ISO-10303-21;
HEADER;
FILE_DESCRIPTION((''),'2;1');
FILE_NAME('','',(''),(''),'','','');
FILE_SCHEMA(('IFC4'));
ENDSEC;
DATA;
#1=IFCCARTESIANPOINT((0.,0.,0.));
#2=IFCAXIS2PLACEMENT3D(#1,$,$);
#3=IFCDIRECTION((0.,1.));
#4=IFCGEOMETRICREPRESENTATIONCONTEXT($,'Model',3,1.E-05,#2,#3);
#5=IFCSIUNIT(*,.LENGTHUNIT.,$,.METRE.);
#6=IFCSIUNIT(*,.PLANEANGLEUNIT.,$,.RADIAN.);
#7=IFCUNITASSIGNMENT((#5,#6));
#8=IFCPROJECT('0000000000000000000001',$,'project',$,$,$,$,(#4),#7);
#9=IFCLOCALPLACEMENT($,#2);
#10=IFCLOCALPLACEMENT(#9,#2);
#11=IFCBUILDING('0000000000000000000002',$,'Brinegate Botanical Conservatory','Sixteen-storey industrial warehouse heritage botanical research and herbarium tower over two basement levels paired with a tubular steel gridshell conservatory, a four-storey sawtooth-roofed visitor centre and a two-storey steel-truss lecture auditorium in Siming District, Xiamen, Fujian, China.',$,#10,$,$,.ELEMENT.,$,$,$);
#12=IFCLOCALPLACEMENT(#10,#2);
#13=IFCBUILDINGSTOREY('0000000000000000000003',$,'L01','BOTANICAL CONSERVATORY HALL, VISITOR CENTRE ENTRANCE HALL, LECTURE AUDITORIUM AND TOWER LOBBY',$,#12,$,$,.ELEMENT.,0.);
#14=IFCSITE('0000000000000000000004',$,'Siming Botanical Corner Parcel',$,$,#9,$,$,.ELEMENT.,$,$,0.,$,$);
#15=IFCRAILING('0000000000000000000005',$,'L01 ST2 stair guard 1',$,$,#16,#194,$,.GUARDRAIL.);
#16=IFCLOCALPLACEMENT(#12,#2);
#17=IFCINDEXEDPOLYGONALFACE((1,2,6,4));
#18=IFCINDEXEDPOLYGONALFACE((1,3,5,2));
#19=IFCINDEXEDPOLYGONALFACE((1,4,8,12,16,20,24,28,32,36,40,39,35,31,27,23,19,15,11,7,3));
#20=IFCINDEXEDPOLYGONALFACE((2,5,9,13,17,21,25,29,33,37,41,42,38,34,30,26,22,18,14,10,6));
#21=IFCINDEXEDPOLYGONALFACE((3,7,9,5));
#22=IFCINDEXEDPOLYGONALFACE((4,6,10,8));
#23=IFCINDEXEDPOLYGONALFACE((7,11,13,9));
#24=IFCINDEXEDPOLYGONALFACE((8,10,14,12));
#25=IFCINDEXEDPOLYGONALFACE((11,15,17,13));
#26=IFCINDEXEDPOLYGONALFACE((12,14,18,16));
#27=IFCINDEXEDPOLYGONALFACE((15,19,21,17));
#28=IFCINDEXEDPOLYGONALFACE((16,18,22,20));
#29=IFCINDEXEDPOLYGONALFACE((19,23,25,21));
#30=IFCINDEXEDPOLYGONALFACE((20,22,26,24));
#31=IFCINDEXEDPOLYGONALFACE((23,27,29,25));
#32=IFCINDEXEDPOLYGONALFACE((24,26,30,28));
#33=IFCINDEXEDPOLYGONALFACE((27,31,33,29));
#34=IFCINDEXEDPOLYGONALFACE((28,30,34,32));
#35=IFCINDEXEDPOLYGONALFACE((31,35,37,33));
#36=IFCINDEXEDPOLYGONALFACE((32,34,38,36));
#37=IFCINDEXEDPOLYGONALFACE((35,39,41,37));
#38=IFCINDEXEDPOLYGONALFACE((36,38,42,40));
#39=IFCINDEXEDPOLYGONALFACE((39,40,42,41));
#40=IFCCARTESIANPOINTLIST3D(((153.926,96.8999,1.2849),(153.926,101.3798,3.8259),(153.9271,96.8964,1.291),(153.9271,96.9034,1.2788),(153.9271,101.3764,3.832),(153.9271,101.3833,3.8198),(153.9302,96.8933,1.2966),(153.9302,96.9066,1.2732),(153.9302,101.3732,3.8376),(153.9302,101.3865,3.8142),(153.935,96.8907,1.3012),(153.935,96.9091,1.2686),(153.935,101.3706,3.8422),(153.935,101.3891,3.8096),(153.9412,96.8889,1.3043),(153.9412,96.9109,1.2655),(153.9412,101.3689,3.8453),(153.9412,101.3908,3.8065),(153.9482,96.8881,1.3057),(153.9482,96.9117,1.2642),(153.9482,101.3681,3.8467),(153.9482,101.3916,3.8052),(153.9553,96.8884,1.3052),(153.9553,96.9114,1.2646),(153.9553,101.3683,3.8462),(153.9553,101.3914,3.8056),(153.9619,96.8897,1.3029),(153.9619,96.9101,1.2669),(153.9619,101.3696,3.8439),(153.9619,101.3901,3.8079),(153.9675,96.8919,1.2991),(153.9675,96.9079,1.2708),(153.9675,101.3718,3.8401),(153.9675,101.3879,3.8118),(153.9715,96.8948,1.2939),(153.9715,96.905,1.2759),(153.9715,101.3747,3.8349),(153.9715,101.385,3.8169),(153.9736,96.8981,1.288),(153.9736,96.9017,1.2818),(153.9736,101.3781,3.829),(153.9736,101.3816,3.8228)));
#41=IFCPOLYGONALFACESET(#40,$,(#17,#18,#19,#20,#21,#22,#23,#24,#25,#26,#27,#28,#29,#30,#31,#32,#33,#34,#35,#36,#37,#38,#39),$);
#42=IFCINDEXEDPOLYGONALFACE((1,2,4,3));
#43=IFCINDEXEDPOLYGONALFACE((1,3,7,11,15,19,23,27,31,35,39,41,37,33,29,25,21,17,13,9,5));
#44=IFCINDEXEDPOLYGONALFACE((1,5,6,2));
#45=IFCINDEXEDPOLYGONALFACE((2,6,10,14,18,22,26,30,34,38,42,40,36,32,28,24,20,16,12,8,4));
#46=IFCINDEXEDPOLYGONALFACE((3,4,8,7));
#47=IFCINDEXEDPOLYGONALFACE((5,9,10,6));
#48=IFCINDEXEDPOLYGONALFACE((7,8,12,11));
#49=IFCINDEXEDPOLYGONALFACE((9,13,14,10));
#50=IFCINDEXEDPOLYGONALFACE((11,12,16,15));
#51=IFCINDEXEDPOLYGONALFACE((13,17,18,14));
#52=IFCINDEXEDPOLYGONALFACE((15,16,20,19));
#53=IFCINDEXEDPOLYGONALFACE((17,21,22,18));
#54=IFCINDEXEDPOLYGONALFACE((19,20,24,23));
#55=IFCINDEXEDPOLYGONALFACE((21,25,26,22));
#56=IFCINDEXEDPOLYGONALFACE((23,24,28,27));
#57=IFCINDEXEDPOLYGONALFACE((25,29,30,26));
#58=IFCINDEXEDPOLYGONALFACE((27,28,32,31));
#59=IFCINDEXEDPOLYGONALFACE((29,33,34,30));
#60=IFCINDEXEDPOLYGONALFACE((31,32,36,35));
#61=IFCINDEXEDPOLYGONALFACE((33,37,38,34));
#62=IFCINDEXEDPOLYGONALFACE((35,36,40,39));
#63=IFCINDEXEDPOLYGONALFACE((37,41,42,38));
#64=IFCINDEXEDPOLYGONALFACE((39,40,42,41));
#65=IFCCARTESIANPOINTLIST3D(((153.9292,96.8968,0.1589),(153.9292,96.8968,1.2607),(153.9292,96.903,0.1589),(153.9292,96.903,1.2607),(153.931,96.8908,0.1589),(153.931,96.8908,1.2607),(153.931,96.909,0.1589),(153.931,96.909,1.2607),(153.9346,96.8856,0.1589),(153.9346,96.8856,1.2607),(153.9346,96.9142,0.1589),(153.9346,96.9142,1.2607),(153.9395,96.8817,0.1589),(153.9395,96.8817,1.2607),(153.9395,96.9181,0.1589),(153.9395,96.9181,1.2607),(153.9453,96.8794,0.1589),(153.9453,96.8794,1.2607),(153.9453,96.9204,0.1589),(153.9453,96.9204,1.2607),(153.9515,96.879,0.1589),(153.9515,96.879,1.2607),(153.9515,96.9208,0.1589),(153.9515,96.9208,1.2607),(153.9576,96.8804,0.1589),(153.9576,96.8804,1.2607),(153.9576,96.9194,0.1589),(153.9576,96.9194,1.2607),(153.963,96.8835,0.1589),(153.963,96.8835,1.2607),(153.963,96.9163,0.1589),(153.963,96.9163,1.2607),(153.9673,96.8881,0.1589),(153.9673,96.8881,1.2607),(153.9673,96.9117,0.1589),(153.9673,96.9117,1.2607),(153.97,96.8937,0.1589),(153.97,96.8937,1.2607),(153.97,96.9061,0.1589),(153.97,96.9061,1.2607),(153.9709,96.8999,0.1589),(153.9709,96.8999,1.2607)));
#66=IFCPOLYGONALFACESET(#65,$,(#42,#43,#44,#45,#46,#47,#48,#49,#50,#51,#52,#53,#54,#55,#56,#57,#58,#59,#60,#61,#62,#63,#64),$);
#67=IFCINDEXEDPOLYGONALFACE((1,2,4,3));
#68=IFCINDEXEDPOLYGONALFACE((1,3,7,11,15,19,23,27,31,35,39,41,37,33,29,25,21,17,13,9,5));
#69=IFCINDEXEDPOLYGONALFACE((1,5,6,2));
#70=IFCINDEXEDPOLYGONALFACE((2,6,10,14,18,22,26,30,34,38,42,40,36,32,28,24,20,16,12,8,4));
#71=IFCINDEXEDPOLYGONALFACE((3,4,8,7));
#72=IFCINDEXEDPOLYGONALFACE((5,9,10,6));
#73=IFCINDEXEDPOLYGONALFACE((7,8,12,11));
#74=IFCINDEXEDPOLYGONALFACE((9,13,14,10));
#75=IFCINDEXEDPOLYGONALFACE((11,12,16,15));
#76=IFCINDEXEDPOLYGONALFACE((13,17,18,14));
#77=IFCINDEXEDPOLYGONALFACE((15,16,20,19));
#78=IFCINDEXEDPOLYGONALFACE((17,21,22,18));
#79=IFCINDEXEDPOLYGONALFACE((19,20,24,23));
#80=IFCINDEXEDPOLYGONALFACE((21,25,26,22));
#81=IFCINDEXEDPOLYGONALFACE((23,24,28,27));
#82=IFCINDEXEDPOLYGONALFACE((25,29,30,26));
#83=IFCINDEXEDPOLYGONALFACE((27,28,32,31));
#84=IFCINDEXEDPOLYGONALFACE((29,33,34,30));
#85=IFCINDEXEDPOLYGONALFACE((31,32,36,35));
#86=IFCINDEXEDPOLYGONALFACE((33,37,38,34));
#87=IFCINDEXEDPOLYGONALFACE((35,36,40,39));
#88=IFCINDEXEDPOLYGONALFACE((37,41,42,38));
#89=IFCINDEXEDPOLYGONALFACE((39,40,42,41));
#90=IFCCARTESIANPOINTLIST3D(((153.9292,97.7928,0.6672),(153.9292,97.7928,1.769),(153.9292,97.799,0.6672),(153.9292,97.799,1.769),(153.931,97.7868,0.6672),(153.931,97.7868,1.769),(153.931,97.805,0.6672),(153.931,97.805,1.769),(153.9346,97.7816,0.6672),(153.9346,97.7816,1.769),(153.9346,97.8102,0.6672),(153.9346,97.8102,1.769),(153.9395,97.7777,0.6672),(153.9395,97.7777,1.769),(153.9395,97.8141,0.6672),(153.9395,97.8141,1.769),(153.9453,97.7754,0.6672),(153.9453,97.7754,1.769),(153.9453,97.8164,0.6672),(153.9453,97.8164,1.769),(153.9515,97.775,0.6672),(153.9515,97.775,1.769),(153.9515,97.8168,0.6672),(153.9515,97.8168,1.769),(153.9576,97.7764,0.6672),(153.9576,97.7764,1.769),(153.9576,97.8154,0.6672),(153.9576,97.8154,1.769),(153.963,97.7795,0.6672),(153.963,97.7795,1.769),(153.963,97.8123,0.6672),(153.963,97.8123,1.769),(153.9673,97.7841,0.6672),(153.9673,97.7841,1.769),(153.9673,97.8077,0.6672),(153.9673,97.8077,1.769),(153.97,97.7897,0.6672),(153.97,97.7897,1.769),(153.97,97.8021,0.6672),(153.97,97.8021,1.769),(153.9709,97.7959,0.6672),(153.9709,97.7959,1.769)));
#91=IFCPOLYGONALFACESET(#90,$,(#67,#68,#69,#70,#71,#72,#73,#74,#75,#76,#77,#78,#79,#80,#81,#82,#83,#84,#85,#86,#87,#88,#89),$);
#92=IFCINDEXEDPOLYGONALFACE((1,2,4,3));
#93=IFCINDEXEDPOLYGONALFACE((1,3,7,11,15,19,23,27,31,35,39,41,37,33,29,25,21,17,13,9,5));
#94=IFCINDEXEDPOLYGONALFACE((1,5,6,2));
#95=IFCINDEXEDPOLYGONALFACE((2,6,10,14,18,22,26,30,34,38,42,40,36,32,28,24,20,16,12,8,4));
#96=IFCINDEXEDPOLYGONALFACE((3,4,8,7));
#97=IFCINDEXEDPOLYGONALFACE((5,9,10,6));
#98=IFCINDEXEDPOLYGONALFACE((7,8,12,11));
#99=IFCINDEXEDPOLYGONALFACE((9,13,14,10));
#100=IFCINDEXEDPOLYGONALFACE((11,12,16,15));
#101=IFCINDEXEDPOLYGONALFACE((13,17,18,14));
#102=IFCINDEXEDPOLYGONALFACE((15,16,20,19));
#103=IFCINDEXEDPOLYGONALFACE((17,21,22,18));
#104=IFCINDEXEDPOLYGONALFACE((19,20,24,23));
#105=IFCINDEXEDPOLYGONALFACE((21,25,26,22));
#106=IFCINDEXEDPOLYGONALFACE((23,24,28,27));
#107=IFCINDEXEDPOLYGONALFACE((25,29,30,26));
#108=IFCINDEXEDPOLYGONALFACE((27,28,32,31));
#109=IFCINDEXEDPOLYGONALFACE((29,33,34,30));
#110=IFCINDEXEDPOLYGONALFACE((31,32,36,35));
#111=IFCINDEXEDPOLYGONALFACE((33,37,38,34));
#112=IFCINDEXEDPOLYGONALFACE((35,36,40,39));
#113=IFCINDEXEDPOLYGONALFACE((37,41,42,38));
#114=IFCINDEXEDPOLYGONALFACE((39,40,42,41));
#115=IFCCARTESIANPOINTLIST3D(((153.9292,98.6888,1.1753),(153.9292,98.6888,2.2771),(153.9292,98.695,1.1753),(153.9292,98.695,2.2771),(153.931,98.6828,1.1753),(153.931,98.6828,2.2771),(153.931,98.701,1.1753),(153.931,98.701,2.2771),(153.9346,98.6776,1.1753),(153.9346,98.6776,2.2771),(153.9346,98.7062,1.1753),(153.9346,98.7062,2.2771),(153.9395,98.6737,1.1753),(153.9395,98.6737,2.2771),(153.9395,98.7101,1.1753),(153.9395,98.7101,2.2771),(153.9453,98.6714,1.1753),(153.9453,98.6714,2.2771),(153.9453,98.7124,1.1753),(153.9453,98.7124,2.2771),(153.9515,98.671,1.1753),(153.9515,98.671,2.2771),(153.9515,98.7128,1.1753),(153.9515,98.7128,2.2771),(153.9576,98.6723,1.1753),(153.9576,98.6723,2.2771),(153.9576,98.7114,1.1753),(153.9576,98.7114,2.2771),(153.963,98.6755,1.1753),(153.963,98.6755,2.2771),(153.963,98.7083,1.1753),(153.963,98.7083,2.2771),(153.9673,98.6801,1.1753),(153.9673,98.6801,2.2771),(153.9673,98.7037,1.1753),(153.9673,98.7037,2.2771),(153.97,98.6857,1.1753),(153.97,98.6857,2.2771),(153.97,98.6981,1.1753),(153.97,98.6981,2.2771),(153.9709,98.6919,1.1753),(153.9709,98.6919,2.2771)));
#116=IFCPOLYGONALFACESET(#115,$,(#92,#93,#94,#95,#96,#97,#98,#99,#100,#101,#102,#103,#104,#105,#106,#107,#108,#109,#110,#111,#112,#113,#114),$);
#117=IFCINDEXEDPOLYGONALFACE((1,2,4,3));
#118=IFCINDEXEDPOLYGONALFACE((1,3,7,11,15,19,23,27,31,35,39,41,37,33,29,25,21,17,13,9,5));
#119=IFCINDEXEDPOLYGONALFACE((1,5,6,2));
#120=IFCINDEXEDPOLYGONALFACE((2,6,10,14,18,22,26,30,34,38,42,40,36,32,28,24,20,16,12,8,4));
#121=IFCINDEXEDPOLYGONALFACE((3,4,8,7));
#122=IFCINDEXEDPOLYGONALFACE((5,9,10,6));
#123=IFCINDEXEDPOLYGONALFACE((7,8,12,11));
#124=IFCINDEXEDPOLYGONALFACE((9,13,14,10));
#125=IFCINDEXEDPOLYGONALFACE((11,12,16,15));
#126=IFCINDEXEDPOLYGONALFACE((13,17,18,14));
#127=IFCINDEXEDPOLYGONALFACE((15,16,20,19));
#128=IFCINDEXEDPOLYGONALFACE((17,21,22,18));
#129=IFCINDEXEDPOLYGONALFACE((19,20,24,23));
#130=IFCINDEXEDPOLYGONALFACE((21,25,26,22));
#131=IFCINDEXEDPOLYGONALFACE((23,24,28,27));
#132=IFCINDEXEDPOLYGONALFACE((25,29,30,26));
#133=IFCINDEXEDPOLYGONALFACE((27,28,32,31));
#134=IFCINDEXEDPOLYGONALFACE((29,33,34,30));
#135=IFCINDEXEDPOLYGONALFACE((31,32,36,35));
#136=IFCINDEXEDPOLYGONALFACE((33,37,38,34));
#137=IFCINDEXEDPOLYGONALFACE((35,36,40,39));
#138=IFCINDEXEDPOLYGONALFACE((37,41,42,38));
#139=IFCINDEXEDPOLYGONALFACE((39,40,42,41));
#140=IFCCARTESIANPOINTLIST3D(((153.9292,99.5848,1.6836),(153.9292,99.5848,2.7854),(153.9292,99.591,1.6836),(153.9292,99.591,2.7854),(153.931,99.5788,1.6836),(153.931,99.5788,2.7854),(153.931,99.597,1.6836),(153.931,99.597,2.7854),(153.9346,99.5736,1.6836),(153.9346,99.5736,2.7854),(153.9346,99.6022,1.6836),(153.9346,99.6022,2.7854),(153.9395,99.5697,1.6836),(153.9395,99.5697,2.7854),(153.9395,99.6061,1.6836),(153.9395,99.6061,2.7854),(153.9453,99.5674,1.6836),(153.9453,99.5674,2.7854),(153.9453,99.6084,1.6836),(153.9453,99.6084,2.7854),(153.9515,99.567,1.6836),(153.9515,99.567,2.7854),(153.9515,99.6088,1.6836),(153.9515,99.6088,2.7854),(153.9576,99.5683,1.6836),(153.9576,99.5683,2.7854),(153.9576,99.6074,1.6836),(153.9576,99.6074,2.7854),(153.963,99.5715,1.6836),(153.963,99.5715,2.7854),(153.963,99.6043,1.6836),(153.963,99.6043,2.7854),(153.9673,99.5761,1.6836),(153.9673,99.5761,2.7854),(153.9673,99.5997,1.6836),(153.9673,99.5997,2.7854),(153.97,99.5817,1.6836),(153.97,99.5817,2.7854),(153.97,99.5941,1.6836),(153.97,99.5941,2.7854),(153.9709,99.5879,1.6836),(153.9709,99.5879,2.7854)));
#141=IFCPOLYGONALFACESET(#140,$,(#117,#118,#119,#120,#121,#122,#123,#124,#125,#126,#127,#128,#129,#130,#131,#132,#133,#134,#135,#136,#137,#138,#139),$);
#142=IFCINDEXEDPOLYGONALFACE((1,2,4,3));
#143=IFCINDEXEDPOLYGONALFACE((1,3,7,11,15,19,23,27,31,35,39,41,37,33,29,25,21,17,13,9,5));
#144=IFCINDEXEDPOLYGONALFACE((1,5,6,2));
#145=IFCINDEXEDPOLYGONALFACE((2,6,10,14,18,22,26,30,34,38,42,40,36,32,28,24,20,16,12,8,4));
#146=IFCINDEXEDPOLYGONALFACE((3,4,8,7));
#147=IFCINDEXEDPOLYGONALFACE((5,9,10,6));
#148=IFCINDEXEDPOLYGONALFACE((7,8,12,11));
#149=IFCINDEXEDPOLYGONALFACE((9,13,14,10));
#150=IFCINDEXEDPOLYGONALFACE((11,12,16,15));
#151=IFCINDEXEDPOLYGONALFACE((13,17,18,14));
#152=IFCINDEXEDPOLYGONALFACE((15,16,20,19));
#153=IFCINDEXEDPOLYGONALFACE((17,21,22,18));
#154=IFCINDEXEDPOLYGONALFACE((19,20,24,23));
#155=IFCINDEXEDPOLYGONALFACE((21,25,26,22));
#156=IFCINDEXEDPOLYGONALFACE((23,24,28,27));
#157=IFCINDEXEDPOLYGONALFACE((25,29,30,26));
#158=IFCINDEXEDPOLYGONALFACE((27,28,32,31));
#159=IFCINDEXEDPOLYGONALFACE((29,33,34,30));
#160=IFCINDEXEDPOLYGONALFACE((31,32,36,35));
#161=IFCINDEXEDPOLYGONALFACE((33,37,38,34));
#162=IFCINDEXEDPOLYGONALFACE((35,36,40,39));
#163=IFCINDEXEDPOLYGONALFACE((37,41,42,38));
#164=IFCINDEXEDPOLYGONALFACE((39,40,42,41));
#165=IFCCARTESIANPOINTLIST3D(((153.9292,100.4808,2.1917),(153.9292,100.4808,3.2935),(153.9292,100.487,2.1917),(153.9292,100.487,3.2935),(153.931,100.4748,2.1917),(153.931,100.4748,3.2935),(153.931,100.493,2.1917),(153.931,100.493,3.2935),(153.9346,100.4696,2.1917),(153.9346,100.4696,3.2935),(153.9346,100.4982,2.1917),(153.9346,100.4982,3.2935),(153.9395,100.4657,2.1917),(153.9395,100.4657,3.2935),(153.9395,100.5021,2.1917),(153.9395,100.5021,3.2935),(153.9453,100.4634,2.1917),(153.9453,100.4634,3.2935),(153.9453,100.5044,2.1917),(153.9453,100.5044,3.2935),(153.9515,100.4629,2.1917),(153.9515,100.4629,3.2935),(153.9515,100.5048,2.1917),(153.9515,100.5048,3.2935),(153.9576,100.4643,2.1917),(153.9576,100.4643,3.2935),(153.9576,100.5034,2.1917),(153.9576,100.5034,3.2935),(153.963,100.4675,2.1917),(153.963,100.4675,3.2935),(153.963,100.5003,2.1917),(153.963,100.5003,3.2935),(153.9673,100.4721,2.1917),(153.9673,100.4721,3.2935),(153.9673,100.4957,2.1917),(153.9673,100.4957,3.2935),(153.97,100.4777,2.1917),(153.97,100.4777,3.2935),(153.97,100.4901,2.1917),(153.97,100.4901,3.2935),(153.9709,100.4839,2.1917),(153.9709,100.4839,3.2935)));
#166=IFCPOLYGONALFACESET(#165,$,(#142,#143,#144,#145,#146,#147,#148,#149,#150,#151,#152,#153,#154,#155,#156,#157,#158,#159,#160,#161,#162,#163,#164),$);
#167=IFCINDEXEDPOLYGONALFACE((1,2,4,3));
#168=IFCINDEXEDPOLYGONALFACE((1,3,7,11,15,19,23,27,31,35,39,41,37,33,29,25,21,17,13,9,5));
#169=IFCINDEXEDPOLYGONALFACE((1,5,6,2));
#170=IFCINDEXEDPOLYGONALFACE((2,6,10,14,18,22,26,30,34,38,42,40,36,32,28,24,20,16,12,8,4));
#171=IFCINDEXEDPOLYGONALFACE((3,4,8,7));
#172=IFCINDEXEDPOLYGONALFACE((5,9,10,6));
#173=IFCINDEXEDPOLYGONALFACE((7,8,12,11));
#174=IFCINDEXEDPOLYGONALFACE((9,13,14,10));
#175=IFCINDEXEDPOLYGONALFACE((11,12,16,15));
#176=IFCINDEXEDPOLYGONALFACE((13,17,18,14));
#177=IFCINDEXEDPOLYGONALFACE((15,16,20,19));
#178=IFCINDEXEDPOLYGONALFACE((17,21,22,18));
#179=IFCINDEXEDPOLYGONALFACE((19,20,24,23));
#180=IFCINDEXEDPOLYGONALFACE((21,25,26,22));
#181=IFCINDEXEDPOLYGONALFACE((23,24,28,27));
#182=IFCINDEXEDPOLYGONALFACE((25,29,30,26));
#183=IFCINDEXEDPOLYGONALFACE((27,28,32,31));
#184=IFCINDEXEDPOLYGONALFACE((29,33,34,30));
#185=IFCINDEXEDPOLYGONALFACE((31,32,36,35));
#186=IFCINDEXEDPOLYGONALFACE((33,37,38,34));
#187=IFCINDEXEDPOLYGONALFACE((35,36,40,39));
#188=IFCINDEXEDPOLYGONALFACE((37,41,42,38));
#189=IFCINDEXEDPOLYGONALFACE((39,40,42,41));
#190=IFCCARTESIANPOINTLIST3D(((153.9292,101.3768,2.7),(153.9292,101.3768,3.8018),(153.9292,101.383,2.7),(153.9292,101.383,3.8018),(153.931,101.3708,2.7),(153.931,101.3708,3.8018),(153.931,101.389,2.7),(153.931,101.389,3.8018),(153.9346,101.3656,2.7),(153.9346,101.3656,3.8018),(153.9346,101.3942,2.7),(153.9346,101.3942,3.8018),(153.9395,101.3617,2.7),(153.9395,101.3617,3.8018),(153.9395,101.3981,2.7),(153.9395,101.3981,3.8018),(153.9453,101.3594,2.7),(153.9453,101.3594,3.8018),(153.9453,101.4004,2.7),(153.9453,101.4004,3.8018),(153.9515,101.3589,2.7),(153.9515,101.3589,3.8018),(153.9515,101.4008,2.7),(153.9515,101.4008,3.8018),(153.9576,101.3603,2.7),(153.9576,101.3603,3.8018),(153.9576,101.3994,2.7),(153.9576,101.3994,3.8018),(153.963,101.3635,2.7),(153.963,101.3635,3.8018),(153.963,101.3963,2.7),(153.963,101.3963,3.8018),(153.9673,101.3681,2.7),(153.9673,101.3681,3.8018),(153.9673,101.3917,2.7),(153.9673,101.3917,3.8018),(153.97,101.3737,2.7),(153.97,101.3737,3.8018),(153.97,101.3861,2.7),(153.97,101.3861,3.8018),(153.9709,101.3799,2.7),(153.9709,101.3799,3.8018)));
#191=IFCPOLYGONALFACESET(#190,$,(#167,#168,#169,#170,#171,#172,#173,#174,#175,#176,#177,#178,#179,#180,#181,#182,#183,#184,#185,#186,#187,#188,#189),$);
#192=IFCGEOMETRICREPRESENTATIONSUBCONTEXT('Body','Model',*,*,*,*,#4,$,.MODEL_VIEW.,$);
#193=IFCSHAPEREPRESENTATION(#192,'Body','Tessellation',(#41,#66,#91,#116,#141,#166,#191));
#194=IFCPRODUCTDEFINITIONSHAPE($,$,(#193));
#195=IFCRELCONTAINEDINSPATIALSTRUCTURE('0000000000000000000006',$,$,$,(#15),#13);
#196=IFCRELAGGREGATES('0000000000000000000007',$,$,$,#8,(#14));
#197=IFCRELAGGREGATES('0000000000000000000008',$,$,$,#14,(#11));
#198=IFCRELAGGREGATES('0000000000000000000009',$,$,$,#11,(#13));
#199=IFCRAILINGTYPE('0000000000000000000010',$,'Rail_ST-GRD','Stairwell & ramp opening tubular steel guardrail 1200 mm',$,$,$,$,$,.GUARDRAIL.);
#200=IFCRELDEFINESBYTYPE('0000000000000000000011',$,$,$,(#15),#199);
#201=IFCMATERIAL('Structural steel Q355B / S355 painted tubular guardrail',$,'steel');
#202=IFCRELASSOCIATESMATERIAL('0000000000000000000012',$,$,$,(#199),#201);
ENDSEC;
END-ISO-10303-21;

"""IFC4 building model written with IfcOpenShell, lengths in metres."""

from ifc_helpers import new_model, si_unit, direction, frame, origin, origin_2d, place, context, subcontext, project, spatial, circle, extrude, material, type_object, element, save


model = new_model("IFC4")

# Units and contexts
model_context = context("Model", 3, precision=1e-05, world=origin(), true_north=direction((0.0, 1.0)))
body_context = subcontext(model_context, "Body", "Model", "MODEL_VIEW")
ifc_project = project(units=[si_unit("LENGTHUNIT", "METRE"), si_unit("PLANEANGLEUNIT", "RADIAN")], contexts=[model_context])

# Site, building, storey
site_placement = place(None, origin())
site = spatial("IfcSite", under=ifc_project, at=site_placement, Name="Siming Botanical Corner Parcel", CompositionType="ELEMENT", RefElevation=0.0)
building_placement = place(site_placement, origin())
building = spatial("IfcBuilding", under=site, at=building_placement, Name="Brinegate Botanical Conservatory", Description="Sixteen-storey industrial warehouse heritage botanical research and herbarium tower over two basement levels paired with a tubular steel gridshell conservatory, a four-storey sawtooth-roofed visitor centre and a two-storey steel-truss lecture auditorium in Siming District, Xiamen, Fujian, China.", CompositionType="ELEMENT")
storey_placement = place(building_placement, origin())
storey = spatial("IfcBuildingStorey", under=building, at=storey_placement, Name="L01", Description="BOTANICAL CONSERVATORY HALL, VISITOR CENTRE ENTRANCE HALL, LECTURE AUDITORIUM AND TOWER LOBBY", CompositionType="ELEMENT", Elevation=0.0)

# Railing
ifc_material_1 = material(Name="Structural steel Q355B / S355 painted tubular guardrail", Category="steel")
railing_type = type_object("IfcRailingType", Name="Rail_ST-GRD", Description="Stairwell & ramp opening tubular steel guardrail 1200 mm", PredefinedType="GUARDRAIL", material=ifc_material_1)
railing_1_placement = place(storey_placement, frame((153.95, 96.8999, 0.1589)))
element("IfcRailing", 1, at=railing_1_placement, inside=storey, type_object=railing_type, Name="L01 ST2 stair guard 1", PredefinedType="GUARDRAIL", context=body_context, shape_type="SweptSolid", body=[
    extrude(circle(Radius=0.0239, at=origin_2d()), frame((0.0, 0.0, 1.126), z_axis=(0.0, 0.869826, 0.493359), x_axis=(-1.0, 0.0, 0.0)), (0.0, 0.0, 1.0), 5.1504),
    extrude(circle(Radius=0.021, at=origin_2d()), origin(), (0.0, 0.0, 1.0), 1.1018),
    extrude(circle(Radius=0.021, at=origin_2d()), frame((0.0, 0.896, 0.5083)), (0.0, 0.0, 1.0), 1.1018),
    extrude(circle(Radius=0.021, at=origin_2d()), frame((0.0, 1.792, 1.0164)), (0.0, 0.0, 1.0), 1.1018),
    extrude(circle(Radius=0.021, at=origin_2d()), frame((0.0, 2.688, 1.5247)), (0.0, 0.0, 1.0), 1.1018),
    extrude(circle(Radius=0.021, at=origin_2d()), frame((0.0, 3.584, 2.0327)), (0.0, 0.0, 1.0), 1.1018),
    extrude(circle(Radius=0.021, at=origin_2d()), frame((0.0, 4.48, 2.541)), (0.0, 0.0, 1.0), 1.1018),
])

save(model, "model.ifc")
